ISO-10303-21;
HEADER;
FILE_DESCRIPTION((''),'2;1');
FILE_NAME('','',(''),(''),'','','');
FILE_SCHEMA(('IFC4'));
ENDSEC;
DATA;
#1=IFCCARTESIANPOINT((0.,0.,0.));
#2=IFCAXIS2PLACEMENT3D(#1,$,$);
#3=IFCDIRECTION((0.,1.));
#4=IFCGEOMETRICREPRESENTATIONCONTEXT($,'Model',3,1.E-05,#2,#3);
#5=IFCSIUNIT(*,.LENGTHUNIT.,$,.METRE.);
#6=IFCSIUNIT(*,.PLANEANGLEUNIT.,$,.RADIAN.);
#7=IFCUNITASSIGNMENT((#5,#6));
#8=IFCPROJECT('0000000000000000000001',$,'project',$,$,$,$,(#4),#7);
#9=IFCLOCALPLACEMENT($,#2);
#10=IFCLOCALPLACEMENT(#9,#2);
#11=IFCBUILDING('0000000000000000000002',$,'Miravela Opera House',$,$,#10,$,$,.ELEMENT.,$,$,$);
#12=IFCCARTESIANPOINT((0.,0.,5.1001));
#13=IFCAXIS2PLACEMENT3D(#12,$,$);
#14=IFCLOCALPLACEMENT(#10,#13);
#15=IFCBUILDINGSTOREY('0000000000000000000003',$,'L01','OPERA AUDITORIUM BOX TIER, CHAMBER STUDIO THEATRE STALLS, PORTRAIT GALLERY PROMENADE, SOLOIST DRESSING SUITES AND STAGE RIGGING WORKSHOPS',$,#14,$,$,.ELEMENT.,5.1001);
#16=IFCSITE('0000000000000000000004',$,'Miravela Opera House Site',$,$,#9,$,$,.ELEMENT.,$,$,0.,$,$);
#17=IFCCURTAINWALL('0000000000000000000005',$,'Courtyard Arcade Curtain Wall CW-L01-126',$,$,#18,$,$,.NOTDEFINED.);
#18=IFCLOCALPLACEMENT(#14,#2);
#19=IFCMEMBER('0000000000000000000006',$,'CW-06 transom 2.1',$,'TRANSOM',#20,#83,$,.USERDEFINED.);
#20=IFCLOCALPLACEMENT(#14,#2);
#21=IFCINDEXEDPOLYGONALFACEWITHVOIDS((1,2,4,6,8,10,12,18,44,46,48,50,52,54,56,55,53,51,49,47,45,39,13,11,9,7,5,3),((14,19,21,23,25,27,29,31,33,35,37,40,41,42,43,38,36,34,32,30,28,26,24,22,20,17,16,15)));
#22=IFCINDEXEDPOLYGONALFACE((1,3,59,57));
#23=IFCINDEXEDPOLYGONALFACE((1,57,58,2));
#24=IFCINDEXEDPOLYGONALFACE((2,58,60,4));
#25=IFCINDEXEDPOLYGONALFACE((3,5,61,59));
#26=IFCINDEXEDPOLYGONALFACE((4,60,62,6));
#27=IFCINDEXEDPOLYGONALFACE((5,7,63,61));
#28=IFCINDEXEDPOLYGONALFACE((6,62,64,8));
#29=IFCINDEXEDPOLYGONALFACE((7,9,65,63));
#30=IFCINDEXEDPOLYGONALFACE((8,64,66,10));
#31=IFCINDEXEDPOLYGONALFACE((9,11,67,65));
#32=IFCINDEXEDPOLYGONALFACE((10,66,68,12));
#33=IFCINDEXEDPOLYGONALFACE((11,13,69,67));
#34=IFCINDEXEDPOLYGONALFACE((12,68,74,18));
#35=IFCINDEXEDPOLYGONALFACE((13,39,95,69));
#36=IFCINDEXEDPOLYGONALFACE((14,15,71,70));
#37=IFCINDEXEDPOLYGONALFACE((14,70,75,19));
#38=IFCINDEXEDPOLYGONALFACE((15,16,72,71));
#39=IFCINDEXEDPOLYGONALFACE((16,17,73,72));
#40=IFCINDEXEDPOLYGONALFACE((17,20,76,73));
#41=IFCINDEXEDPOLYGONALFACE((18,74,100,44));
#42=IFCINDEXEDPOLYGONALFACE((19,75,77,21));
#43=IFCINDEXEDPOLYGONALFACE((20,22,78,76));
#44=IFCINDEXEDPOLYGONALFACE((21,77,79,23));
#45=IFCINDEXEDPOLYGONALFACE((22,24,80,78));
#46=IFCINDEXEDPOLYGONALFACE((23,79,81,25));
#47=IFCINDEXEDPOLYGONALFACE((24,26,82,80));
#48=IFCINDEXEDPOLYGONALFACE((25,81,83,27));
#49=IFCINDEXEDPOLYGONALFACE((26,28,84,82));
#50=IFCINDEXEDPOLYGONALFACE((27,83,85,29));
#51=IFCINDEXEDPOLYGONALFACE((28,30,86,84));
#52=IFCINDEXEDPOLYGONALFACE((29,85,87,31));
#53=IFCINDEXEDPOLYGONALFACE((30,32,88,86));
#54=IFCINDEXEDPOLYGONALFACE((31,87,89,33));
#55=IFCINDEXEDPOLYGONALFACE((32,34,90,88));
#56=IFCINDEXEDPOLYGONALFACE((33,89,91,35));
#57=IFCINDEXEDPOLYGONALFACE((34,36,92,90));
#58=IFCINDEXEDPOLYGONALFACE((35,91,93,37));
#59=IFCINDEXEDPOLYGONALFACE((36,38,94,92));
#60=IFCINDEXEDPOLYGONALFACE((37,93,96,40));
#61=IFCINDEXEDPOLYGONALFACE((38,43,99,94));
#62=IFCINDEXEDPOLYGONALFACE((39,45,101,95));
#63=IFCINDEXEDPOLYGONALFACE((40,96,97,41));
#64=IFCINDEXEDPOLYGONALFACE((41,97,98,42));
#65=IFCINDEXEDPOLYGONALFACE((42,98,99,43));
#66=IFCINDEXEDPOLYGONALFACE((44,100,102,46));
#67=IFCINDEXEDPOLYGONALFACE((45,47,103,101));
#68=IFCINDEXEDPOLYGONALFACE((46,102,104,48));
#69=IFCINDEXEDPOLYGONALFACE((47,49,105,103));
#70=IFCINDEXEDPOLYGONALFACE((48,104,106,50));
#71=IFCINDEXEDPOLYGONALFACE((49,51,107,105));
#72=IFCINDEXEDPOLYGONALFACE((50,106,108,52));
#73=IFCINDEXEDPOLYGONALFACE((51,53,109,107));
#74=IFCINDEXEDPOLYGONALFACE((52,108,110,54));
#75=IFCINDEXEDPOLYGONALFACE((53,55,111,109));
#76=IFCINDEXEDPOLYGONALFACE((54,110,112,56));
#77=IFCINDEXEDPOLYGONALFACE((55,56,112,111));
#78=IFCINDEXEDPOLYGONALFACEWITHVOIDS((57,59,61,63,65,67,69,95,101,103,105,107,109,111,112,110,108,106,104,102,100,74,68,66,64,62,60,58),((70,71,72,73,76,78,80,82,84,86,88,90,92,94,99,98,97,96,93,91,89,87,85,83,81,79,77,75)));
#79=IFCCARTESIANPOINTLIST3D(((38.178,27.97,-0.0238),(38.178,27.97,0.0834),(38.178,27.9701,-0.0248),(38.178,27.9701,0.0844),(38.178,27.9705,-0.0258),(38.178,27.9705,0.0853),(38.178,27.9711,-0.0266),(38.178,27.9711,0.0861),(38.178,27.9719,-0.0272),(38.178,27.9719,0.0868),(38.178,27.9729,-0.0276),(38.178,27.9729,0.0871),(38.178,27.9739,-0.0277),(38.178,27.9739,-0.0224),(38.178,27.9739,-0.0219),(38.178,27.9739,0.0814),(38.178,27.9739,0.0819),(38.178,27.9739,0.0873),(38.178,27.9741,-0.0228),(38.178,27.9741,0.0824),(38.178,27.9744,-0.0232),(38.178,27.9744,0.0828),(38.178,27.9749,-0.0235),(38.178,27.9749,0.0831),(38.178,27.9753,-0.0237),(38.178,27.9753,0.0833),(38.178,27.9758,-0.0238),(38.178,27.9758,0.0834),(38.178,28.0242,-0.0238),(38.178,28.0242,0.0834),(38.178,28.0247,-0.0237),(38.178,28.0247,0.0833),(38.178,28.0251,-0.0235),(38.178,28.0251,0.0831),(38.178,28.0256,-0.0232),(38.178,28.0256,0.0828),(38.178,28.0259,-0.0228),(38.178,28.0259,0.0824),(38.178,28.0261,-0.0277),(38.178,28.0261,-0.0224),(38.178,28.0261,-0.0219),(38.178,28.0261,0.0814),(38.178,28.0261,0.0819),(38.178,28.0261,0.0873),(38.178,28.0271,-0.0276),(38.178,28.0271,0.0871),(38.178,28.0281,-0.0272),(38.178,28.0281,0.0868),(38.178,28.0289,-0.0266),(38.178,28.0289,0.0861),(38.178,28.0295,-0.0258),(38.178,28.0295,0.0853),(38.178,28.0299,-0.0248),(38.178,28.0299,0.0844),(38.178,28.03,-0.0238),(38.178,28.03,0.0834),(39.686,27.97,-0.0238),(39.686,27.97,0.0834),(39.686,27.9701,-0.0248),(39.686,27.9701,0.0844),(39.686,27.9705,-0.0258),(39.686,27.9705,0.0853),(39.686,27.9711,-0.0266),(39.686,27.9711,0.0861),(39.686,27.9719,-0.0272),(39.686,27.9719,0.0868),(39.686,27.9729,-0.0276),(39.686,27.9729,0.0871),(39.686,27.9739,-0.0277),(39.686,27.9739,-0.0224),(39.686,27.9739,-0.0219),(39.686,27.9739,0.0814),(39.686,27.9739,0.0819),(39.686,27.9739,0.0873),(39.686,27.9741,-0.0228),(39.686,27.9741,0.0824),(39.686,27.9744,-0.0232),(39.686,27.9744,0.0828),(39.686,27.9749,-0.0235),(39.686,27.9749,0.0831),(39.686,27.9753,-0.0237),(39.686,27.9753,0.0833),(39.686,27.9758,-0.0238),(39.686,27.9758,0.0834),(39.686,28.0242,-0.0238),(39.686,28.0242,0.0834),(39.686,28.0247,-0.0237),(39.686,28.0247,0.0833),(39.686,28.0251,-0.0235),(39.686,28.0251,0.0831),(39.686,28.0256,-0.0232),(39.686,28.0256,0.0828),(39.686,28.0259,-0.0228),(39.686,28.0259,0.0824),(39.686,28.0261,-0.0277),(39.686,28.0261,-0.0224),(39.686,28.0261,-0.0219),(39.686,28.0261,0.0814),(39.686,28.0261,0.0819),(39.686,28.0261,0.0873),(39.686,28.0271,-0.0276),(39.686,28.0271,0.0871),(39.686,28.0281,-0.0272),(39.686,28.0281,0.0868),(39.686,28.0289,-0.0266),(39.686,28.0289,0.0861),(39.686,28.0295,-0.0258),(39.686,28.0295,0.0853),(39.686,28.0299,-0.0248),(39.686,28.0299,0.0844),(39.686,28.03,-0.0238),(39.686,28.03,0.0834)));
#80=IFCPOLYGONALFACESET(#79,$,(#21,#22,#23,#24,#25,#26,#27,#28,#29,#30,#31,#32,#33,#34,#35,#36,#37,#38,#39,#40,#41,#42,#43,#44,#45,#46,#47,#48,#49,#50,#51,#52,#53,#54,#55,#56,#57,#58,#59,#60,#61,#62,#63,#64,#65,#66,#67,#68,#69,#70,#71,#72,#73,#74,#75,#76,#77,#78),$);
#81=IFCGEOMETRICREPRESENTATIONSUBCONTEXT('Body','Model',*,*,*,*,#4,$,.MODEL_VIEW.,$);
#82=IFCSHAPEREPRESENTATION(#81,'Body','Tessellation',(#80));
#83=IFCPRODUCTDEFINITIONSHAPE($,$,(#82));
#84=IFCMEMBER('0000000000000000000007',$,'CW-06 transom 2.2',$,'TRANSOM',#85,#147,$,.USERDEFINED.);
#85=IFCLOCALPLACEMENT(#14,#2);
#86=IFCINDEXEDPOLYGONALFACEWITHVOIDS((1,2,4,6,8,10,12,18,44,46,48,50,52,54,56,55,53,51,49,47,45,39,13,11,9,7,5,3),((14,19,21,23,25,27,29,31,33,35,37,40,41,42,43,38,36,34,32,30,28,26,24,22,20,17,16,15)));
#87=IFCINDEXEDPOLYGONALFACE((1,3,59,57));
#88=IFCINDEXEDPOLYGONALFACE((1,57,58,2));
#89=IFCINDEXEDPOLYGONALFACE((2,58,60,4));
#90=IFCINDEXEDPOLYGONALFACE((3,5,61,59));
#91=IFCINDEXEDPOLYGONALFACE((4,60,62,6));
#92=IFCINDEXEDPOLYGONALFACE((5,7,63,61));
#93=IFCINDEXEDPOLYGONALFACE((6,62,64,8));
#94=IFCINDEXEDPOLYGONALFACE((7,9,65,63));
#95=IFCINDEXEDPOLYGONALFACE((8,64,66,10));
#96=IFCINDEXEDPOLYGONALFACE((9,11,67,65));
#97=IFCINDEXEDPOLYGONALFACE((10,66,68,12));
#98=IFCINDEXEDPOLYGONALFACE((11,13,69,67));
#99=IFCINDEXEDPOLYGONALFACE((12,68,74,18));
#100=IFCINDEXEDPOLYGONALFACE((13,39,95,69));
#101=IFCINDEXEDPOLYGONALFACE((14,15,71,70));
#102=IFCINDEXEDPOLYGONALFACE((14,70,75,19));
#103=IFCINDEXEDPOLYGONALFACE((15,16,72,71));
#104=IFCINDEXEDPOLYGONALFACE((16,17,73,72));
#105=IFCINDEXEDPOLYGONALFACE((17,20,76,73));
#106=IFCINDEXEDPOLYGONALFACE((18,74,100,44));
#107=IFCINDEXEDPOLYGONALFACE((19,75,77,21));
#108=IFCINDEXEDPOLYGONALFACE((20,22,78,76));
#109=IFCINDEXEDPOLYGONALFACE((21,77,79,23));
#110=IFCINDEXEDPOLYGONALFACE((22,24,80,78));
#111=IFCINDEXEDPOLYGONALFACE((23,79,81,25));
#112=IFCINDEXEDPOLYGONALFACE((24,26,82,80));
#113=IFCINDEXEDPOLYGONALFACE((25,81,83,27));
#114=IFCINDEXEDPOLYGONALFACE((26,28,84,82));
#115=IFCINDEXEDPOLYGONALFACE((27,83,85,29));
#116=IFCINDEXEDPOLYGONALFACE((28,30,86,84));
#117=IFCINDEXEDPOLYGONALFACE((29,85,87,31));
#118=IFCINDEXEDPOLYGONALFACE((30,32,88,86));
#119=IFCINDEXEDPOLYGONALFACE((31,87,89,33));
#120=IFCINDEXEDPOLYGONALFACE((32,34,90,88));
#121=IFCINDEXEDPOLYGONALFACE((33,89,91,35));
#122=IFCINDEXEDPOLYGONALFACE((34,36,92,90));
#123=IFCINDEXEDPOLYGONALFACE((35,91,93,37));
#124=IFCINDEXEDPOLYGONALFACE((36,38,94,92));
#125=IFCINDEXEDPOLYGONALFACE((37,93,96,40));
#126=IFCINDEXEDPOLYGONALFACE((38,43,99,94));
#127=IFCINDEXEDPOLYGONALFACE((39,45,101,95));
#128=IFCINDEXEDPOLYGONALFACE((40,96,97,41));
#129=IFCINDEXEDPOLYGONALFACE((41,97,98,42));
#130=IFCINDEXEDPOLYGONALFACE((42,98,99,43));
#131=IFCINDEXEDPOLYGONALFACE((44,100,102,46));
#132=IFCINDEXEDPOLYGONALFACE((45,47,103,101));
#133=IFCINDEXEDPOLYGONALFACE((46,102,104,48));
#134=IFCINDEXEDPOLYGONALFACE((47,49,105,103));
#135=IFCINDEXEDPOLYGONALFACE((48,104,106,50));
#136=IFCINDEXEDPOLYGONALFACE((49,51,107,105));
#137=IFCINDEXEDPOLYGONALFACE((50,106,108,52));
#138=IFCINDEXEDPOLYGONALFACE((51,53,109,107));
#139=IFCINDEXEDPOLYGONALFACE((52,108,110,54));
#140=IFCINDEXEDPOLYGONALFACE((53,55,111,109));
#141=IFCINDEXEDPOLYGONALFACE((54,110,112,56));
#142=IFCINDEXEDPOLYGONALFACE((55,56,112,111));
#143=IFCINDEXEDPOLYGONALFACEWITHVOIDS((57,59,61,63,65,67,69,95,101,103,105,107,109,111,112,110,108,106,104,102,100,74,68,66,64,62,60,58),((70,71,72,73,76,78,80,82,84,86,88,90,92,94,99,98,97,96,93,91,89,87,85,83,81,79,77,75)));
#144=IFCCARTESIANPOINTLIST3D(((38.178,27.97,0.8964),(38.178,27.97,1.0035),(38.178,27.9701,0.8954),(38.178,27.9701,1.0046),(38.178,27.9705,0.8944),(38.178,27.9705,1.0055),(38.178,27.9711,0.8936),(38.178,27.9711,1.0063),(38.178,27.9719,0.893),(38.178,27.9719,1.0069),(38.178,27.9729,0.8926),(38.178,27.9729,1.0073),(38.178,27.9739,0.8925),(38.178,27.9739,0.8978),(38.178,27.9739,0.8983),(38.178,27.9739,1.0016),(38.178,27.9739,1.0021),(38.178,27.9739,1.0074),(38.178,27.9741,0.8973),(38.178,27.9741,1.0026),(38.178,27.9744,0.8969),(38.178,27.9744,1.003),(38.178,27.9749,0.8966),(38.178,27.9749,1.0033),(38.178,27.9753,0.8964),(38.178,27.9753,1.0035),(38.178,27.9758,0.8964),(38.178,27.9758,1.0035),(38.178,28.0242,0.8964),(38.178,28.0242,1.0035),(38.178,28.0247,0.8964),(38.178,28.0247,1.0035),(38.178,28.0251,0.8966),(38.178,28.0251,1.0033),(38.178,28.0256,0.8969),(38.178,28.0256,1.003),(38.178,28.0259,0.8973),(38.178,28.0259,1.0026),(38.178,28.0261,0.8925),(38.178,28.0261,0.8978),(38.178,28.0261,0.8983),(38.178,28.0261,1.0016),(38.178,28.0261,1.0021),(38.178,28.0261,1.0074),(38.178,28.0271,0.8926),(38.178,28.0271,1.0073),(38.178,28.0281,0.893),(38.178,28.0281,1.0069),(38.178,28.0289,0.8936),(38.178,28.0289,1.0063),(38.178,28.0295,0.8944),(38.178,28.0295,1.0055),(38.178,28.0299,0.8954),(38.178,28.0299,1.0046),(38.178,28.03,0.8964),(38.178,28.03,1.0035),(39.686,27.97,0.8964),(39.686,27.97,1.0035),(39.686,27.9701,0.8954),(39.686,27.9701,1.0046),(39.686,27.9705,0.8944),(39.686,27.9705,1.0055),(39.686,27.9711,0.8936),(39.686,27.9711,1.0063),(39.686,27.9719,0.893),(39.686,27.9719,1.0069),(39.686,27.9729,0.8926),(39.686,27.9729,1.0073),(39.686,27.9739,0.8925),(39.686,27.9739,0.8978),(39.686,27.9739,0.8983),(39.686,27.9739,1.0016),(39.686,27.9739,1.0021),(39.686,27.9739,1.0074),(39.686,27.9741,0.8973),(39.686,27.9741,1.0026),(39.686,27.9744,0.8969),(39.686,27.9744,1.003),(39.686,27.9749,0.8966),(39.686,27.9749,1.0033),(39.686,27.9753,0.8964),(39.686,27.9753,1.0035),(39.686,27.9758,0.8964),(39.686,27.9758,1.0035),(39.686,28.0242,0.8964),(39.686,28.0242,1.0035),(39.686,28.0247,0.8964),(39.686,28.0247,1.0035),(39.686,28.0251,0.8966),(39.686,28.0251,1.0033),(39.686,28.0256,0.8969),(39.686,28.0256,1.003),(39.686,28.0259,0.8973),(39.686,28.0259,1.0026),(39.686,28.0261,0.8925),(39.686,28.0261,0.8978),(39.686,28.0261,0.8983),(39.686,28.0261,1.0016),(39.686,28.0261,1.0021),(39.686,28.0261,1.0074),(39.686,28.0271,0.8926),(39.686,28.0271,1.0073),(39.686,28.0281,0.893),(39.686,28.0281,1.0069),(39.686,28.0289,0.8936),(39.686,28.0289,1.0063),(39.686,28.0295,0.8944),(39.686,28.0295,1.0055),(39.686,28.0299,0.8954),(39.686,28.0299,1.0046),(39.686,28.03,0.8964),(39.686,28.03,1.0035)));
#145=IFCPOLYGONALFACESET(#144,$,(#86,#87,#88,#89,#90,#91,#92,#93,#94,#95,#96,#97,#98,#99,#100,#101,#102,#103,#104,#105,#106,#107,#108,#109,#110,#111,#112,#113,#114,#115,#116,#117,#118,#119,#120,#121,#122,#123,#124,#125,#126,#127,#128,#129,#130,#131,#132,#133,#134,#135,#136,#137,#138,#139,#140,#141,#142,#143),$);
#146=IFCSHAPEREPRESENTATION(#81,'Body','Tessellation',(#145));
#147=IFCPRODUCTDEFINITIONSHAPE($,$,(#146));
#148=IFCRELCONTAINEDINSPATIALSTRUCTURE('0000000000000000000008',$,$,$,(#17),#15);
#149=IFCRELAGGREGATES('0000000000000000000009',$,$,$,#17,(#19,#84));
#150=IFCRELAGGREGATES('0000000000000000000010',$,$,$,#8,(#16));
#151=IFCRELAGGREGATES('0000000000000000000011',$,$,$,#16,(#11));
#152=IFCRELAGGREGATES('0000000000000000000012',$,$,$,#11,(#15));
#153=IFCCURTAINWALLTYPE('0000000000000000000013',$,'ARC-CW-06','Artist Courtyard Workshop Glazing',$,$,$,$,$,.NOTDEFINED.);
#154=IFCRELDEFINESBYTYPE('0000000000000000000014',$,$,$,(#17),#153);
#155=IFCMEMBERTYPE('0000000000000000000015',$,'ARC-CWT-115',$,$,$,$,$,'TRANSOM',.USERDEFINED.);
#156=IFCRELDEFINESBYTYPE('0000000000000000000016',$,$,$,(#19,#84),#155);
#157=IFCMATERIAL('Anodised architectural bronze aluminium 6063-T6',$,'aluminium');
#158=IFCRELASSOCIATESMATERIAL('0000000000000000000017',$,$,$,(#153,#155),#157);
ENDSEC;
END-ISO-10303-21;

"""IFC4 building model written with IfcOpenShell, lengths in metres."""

from ifc_helpers import new_model, si_unit, direction, frame, origin, origin_2d, place, context, subcontext, project, spatial, hollow_rectangle, extrude, material, material_profile, profile_set, type_object, element, aggregate, save


model = new_model("IFC4")

# Units and contexts
model_context = context("Model", 3, precision=1e-05, world=origin(), true_north=direction((0.0, 1.0)))
body_context = subcontext(model_context, "Body", "Model", "MODEL_VIEW")
ifc_project = project(units=[si_unit("LENGTHUNIT", "METRE"), si_unit("PLANEANGLEUNIT", "RADIAN")], contexts=[model_context])

# Site, building, storey
site_placement = place(None, origin())
site = spatial("IfcSite", under=ifc_project, at=site_placement, Name="Miravela Opera House Site", CompositionType="ELEMENT", RefElevation=0.0)
building_placement = place(site_placement, origin())
building = spatial("IfcBuilding", under=site, at=building_placement, Name="Miravela Opera House", CompositionType="ELEMENT")
storey_placement = place(building_placement, frame((0.0, 0.0, 5.1001)))
storey = spatial("IfcBuildingStorey", under=building, at=storey_placement, Name="L01", Description="OPERA AUDITORIUM BOX TIER, CHAMBER STUDIO THEATRE STALLS, PORTRAIT GALLERY PROMENADE, SOLOIST DRESSING SUITES AND STAGE RIGGING WORKSHOPS", CompositionType="ELEMENT", Elevation=5.1001)

# Shared definitions
ifc_material_1 = material(Name="Anodised architectural bronze aluminium 6063-T6", Category="aluminium")
curtain_wall_type = type_object("IfcCurtainWallType", Name="ARC-CW-06", Description="Artist Courtyard Workshop Glazing", PredefinedType="NOTDEFINED", material=ifc_material_1)

# Curtain wall, members
curtain_wall_1_placement = place(storey_placement, origin())
curtain_wall_1 = element("IfcCurtainWall", 1, at=curtain_wall_1_placement, inside=storey, type_object=curtain_wall_type, Name="Courtyard Arcade Curtain Wall CW-L01-126", PredefinedType="NOTDEFINED")
ifc_material_profile_1 = material_profile(ifc_material_1, hollow_rectangle(XDim=0.0601, YDim=0.115, WallThickness=0.0039, InnerFilletRadius=0.002, OuterFilletRadius=0.0039, at=origin_2d()), Name="CWT-60X115")
ifc_profile_set_1 = profile_set([ifc_material_profile_1])
member_type_1 = type_object("IfcMemberType", Name="ARC-CWT-115", ElementType="TRANSOM", PredefinedType="USERDEFINED", material=ifc_profile_set_1)
member_1_placement = place(storey_placement, frame((38.178, 28.0, 0.0298), z_axis=(1.0, 0.0, 0.0), x_axis=(0.0, 1.0, 0.0)))
member_1 = element("IfcMember", 2, at=member_1_placement, type_object=member_type_1, Name="CW-06 transom 2.1", ObjectType="TRANSOM", PredefinedType="USERDEFINED", context=body_context, shape_type="SweptSolid", body=[
    extrude(hollow_rectangle(XDim=0.0601, YDim=0.115, WallThickness=0.0039, InnerFilletRadius=0.002, OuterFilletRadius=0.0039, at=origin_2d()), origin(), (0.0, 0.0, 1.0), 1.5081),
])
member_2_placement = place(storey_placement, frame((38.178, 28.0, 0.95), z_axis=(1.0, 0.0, 0.0), x_axis=(0.0, 1.0, 0.0)))
member_2 = element("IfcMember", 3, at=member_2_placement, type_object=member_type_1, Name="CW-06 transom 2.2", ObjectType="TRANSOM", PredefinedType="USERDEFINED", context=body_context, shape_type="SweptSolid", body=[
    extrude(hollow_rectangle(XDim=0.0601, YDim=0.115, WallThickness=0.0039, InnerFilletRadius=0.002, OuterFilletRadius=0.0039, at=origin_2d()), origin(), (0.0, 0.0, 1.0), 1.5081),
])

aggregate(curtain_wall_1, [member_1, member_2])

save(model, "model.ifc")
